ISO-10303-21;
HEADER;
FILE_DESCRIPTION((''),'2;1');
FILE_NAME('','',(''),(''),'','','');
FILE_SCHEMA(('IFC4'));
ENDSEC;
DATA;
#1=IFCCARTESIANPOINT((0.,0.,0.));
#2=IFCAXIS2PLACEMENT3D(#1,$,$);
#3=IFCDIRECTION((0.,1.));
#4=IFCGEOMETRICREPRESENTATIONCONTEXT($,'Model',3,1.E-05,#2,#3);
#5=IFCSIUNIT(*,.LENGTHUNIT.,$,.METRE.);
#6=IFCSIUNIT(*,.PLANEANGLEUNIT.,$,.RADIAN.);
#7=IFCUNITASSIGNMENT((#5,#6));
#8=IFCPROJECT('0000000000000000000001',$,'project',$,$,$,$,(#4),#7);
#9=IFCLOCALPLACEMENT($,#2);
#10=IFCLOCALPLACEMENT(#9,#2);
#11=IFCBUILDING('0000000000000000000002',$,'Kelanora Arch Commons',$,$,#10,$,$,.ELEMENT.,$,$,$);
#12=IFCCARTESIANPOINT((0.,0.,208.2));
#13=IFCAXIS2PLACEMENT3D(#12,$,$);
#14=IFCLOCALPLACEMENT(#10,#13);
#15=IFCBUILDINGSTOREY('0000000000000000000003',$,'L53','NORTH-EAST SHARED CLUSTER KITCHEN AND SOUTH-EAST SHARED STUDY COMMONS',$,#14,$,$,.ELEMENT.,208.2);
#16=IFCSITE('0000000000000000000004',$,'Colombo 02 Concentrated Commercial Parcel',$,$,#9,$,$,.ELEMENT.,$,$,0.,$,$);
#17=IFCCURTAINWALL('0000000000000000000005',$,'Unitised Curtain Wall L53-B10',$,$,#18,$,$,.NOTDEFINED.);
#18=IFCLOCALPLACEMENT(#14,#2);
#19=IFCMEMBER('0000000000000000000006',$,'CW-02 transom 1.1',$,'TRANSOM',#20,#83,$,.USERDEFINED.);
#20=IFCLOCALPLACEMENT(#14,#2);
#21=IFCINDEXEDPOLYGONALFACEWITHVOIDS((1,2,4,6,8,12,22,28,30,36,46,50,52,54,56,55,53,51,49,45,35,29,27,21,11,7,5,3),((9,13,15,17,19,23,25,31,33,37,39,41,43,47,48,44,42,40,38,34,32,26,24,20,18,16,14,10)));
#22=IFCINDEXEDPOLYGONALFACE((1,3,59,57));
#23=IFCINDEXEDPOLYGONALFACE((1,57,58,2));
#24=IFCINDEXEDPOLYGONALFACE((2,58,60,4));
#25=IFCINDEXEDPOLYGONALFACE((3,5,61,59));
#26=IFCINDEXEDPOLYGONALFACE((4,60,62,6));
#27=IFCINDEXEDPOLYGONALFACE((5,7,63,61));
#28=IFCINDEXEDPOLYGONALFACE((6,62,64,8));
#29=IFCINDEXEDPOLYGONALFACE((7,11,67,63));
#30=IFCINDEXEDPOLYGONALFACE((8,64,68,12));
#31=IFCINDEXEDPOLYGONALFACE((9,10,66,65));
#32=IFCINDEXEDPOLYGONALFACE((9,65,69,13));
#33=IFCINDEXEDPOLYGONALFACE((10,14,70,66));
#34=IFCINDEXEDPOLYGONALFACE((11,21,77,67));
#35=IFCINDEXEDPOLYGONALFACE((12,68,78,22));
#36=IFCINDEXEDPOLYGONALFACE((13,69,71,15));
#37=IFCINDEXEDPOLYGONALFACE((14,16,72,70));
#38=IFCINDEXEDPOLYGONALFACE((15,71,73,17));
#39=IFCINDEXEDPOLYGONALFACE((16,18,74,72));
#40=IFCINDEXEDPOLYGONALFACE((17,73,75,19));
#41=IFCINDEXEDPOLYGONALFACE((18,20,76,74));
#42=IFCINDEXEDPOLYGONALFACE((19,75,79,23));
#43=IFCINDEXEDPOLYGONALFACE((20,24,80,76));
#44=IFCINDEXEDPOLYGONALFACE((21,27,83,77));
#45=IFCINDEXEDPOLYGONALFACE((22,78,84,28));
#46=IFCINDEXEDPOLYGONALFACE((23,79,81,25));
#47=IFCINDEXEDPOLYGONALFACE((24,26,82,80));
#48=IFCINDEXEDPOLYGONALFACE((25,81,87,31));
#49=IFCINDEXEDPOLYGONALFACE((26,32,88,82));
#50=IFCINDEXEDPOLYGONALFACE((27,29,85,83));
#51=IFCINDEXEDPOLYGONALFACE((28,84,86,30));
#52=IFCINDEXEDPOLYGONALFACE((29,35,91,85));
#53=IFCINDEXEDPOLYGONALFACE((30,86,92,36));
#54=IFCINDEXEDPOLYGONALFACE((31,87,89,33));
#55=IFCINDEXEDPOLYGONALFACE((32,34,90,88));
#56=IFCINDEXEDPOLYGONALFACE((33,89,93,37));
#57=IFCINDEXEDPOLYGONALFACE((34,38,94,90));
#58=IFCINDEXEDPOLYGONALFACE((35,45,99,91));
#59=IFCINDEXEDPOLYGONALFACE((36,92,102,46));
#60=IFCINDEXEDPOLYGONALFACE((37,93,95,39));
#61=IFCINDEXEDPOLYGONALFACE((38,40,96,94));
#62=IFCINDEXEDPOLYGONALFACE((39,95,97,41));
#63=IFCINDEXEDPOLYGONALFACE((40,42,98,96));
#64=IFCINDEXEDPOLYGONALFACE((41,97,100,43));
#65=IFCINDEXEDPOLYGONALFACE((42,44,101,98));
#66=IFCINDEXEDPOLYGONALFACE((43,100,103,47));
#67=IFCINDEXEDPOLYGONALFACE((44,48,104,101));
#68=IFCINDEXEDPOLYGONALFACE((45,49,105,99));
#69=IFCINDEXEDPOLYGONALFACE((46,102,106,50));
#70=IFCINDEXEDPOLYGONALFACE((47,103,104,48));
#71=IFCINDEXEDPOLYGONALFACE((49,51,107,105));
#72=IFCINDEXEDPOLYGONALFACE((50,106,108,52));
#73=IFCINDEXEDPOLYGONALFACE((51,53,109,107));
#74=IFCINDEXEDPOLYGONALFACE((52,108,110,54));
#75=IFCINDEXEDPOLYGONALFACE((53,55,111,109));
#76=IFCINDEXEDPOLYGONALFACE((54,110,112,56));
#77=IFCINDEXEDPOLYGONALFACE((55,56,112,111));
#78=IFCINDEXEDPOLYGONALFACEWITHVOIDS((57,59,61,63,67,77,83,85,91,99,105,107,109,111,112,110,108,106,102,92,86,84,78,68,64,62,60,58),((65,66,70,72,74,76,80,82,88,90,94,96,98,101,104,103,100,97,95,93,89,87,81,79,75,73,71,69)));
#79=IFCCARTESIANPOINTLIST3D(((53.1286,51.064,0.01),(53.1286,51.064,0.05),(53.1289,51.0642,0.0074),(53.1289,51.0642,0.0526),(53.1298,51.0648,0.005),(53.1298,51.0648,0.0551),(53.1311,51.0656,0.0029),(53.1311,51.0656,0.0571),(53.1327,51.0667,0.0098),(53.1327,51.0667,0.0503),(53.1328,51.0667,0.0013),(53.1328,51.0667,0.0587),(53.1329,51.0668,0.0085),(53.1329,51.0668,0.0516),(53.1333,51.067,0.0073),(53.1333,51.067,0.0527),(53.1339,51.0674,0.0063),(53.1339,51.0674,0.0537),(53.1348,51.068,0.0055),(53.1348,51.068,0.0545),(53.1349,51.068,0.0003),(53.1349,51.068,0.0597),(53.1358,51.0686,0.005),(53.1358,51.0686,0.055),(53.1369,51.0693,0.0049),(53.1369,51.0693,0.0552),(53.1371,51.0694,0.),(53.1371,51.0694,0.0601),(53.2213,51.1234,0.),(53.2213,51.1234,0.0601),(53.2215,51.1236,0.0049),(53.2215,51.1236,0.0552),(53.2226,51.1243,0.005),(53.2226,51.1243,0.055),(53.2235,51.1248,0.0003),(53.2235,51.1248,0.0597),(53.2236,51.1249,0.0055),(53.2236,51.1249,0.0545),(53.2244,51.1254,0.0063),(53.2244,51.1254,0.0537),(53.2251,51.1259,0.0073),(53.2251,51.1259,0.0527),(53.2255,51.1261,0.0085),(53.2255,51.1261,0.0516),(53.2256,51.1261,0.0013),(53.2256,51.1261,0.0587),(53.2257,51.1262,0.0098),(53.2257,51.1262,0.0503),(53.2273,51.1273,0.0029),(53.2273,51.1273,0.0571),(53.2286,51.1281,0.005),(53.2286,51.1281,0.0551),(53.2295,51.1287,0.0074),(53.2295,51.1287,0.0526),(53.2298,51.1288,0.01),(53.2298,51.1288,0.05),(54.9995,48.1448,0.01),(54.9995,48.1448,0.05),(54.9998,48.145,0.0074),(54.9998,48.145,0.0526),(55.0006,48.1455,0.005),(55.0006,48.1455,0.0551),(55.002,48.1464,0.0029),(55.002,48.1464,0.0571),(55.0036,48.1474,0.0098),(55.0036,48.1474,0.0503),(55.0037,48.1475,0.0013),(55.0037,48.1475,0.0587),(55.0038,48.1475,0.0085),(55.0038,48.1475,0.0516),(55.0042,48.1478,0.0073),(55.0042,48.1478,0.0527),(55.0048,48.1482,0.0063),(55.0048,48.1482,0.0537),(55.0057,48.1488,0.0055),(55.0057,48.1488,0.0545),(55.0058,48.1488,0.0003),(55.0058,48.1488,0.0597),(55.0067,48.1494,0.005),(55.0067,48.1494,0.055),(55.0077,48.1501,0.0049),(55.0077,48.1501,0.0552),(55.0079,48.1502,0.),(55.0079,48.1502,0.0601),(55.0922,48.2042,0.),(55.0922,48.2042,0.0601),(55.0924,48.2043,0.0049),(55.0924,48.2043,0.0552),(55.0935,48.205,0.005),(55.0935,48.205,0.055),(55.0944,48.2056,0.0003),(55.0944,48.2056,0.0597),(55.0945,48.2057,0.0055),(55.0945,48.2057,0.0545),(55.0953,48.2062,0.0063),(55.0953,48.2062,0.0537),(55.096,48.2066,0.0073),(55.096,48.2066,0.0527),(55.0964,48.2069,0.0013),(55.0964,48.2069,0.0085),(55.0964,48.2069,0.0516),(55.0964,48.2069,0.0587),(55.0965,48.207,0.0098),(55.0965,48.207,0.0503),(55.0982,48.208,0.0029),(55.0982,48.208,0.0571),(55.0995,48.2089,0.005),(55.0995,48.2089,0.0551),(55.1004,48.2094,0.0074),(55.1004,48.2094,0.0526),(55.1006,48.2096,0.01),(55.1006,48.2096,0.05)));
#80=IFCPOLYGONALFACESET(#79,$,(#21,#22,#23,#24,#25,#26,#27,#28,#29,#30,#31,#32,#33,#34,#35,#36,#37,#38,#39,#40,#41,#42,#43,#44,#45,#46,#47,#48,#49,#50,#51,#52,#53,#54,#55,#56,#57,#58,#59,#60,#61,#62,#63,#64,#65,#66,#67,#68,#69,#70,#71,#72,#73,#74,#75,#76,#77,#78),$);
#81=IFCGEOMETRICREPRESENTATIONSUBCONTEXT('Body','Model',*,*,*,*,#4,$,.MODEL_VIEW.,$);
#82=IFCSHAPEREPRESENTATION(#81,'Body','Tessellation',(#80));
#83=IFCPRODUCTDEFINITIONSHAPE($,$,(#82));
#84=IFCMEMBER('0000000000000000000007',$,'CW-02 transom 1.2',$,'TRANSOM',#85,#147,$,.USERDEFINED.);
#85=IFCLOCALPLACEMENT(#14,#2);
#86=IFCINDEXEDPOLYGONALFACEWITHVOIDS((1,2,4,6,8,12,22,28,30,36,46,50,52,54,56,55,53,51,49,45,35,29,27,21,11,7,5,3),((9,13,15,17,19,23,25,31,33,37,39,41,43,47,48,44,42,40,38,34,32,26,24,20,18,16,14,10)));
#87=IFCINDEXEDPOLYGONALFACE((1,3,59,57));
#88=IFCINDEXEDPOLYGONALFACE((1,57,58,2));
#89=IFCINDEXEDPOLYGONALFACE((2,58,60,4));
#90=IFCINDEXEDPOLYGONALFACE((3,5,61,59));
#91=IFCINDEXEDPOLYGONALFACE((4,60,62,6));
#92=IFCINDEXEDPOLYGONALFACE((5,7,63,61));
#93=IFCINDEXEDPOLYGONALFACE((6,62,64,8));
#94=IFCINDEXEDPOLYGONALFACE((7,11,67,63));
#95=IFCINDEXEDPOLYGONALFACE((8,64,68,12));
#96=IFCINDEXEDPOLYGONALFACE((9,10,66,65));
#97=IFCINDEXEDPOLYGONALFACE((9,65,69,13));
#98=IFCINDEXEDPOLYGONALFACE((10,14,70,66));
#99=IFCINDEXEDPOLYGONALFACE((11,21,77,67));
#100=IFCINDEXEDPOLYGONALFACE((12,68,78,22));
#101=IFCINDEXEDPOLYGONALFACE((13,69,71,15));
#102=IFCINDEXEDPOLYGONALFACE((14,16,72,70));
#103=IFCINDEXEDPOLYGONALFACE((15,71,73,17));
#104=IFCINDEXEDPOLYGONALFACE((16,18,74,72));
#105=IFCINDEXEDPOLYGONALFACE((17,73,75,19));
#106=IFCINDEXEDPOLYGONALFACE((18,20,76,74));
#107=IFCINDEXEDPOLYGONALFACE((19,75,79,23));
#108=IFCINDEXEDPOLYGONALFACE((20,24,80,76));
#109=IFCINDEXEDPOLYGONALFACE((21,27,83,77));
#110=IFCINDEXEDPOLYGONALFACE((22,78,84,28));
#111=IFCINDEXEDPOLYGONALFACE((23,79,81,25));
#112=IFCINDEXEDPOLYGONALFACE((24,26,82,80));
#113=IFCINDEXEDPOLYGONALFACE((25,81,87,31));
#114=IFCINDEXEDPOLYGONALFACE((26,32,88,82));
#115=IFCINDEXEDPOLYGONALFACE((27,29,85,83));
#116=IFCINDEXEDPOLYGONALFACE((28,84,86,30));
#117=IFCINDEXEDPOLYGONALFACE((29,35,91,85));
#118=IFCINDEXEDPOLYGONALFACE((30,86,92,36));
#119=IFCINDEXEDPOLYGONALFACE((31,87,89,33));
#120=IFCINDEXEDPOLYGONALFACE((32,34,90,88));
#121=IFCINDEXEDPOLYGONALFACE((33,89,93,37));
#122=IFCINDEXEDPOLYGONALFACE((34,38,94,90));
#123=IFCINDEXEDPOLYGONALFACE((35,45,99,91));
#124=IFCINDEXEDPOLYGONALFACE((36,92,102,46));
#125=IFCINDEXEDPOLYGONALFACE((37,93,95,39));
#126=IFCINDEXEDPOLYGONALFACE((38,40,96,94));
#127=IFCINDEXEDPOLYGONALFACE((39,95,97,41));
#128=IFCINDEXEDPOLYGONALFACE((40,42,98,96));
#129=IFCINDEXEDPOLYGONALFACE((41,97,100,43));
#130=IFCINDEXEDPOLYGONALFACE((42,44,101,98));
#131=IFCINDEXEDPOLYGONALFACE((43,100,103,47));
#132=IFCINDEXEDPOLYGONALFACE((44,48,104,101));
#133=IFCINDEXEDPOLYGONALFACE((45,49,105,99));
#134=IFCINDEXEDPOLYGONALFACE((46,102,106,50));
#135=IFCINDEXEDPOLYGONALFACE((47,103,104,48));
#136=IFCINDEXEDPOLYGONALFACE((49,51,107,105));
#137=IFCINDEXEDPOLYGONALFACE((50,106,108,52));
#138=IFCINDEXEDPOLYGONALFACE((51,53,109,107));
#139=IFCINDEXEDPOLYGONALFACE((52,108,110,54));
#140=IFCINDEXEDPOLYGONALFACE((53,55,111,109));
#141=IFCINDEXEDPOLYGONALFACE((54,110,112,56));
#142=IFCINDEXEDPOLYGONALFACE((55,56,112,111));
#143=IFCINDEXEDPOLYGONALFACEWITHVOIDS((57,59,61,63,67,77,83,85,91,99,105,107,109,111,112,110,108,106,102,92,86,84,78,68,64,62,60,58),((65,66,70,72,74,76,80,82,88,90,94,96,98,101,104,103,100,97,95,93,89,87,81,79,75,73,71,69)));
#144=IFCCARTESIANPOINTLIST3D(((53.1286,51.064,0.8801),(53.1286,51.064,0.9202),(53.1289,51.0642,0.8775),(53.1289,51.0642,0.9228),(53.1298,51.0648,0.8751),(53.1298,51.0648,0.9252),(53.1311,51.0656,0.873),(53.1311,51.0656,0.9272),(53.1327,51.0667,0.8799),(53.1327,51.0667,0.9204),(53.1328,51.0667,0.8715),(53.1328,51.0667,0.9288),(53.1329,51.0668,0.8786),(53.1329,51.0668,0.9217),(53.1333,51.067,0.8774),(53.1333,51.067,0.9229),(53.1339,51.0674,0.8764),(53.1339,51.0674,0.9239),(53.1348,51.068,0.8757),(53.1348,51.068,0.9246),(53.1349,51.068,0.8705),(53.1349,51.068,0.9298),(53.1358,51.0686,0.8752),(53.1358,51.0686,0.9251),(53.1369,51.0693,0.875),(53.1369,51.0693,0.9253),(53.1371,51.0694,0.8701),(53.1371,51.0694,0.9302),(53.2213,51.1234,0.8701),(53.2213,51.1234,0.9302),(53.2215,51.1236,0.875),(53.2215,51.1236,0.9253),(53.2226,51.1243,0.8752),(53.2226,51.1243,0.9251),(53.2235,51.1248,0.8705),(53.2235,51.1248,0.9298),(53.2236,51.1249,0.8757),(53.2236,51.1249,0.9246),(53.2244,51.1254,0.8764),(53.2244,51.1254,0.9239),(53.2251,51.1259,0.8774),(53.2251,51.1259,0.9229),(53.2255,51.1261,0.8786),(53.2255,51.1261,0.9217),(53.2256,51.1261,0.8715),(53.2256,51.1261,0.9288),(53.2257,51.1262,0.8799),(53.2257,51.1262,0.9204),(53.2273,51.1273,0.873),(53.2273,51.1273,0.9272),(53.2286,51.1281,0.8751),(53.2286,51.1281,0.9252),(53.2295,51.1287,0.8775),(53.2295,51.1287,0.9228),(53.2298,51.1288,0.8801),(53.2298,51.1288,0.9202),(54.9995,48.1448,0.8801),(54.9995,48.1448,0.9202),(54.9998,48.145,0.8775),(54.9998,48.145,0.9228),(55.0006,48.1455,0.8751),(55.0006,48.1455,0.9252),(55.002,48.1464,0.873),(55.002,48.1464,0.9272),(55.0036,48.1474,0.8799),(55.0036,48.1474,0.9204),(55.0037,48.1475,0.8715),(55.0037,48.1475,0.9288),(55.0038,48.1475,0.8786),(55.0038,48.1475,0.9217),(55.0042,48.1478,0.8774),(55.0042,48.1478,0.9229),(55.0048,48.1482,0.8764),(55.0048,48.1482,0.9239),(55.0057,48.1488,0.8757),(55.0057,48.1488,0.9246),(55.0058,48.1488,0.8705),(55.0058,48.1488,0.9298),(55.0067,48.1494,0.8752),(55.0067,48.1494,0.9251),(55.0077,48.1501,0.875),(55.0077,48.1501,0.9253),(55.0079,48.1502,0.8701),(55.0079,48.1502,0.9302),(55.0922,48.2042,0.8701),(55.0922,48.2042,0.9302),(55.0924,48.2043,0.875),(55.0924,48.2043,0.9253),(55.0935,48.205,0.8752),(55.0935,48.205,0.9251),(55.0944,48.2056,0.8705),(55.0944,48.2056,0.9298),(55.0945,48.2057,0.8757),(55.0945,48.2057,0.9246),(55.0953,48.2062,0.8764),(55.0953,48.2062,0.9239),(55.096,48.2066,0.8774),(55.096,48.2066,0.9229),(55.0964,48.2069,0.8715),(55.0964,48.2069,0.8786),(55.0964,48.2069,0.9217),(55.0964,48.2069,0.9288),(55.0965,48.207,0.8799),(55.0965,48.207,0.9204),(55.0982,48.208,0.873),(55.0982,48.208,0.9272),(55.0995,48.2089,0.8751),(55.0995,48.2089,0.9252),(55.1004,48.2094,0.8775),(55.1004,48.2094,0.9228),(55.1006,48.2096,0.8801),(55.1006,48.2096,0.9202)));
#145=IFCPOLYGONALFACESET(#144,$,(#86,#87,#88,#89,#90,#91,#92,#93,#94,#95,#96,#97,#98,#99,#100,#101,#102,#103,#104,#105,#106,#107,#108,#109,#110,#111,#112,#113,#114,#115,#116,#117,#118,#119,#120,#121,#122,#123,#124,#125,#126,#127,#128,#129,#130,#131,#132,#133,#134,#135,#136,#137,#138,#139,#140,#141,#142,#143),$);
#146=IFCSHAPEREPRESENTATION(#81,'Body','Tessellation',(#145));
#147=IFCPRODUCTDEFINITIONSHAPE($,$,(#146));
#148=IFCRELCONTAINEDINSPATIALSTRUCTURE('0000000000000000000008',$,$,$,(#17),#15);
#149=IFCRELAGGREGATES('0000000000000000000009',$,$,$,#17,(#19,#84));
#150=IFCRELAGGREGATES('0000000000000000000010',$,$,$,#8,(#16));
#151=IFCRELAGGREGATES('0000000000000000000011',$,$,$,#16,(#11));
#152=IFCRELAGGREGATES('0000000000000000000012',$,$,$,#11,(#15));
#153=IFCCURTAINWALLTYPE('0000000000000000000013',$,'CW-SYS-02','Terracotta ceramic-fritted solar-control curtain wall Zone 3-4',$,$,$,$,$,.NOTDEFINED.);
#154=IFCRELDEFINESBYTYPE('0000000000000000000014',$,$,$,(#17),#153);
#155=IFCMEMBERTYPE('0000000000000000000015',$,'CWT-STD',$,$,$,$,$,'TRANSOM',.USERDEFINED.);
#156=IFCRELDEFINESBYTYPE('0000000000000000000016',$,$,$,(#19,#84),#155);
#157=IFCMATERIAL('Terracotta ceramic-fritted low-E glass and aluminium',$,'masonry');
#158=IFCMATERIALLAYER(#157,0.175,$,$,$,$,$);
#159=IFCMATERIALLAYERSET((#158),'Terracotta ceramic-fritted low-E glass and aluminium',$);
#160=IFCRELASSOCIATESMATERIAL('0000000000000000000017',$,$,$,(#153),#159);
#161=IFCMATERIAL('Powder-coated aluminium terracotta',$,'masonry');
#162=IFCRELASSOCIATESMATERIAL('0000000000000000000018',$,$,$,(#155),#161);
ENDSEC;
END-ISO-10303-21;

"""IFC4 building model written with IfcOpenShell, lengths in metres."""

from ifc_helpers import new_model, si_unit, direction, frame, origin, origin_2d, place, context, subcontext, project, spatial, hollow_rectangle, extrude, material, layer, layer_set, material_profile, profile_set, type_object, element, aggregate, save


model = new_model("IFC4")

# Units and contexts
model_context = context("Model", 3, precision=1e-05, world=origin(), true_north=direction((0.0, 1.0)))
body_context = subcontext(model_context, "Body", "Model", "MODEL_VIEW")
ifc_project = project(units=[si_unit("LENGTHUNIT", "METRE"), si_unit("PLANEANGLEUNIT", "RADIAN")], contexts=[model_context])

# Site, building, storey
site_placement = place(None, origin())
site = spatial("IfcSite", under=ifc_project, at=site_placement, Name="Colombo 02 Concentrated Commercial Parcel", CompositionType="ELEMENT", RefElevation=0.0)
building_placement = place(site_placement, origin())
building = spatial("IfcBuilding", under=site, at=building_placement, Name="Kelanora Arch Commons", CompositionType="ELEMENT")
storey_placement = place(building_placement, frame((0.0, 0.0, 208.2)))
storey = spatial("IfcBuildingStorey", under=building, at=storey_placement, Name="L53", Description="NORTH-EAST SHARED CLUSTER KITCHEN AND SOUTH-EAST SHARED STUDY COMMONS", CompositionType="ELEMENT", Elevation=208.2)

# Curtain wall, members
ifc_material_1 = material(Name="Terracotta ceramic-fritted low-E glass and aluminium", Category="masonry")
ifc_layer_1 = layer(ifc_material_1, 0.175)
ifc_layer_set_1 = layer_set([ifc_layer_1], Name="Terracotta ceramic-fritted low-E glass and aluminium")
curtain_wall_type = type_object("IfcCurtainWallType", Name="CW-SYS-02", Description="Terracotta ceramic-fritted solar-control curtain wall Zone 3-4", PredefinedType="NOTDEFINED", material=ifc_layer_set_1)
curtain_wall_placement = place(storey_placement, origin())
curtain_wall = element("IfcCurtainWall", 1, at=curtain_wall_placement, inside=storey, type_object=curtain_wall_type, Name="Unitised Curtain Wall L53-B10", PredefinedType="NOTDEFINED")
ifc_material_2 = material(Name="Powder-coated aluminium terracotta", Category="masonry")
ifc_material_profile_1 = material_profile(ifc_material_2, hollow_rectangle(XDim=0.1201, YDim=0.0601, WallThickness=0.0049, InnerFilletRadius=0.0049, OuterFilletRadius=0.01, at=origin_2d()), Name="CWT120x60")
ifc_profile_set_1 = profile_set([ifc_material_profile_1], Name="Powder-coated aluminium terracotta")
member_type_1 = type_object("IfcMemberType", Name="CWT-STD", ElementType="TRANSOM", PredefinedType="USERDEFINED", material=ifc_profile_set_1)
member_1_placement = place(storey_placement, frame((53.1792, 51.0964, 0.03), z_axis=(0.539579, -0.841935, 0.0), x_axis=(0.841935, 0.539579, 0.0)))
member_1 = element("IfcMember", 2, at=member_1_placement, type_object=member_type_1, Name="CW-02 transom 1.1", ObjectType="TRANSOM", PredefinedType="USERDEFINED", context=body_context, shape_type="SweptSolid", body=[
    extrude(hollow_rectangle(XDim=0.1201, YDim=0.0601, WallThickness=0.0049, InnerFilletRadius=0.0049, OuterFilletRadius=0.01, at=origin_2d()), origin(), (0.0, 0.0, 1.0), 3.4673),
])
member_2_placement = place(storey_placement, frame((53.1792, 51.0964, 0.9001), z_axis=(0.539579, -0.841935, 0.0), x_axis=(0.841935, 0.539579, 0.0)))
member_2 = element("IfcMember", 3, at=member_2_placement, type_object=member_type_1, Name="CW-02 transom 1.2", ObjectType="TRANSOM", PredefinedType="USERDEFINED", context=body_context, shape_type="SweptSolid", body=[
    extrude(hollow_rectangle(XDim=0.1201, YDim=0.0601, WallThickness=0.0049, InnerFilletRadius=0.0049, OuterFilletRadius=0.01, at=origin_2d()), origin(), (0.0, 0.0, 1.0), 3.4673),
])

aggregate(curtain_wall, [member_1, member_2])

save(model, "model.ifc")
